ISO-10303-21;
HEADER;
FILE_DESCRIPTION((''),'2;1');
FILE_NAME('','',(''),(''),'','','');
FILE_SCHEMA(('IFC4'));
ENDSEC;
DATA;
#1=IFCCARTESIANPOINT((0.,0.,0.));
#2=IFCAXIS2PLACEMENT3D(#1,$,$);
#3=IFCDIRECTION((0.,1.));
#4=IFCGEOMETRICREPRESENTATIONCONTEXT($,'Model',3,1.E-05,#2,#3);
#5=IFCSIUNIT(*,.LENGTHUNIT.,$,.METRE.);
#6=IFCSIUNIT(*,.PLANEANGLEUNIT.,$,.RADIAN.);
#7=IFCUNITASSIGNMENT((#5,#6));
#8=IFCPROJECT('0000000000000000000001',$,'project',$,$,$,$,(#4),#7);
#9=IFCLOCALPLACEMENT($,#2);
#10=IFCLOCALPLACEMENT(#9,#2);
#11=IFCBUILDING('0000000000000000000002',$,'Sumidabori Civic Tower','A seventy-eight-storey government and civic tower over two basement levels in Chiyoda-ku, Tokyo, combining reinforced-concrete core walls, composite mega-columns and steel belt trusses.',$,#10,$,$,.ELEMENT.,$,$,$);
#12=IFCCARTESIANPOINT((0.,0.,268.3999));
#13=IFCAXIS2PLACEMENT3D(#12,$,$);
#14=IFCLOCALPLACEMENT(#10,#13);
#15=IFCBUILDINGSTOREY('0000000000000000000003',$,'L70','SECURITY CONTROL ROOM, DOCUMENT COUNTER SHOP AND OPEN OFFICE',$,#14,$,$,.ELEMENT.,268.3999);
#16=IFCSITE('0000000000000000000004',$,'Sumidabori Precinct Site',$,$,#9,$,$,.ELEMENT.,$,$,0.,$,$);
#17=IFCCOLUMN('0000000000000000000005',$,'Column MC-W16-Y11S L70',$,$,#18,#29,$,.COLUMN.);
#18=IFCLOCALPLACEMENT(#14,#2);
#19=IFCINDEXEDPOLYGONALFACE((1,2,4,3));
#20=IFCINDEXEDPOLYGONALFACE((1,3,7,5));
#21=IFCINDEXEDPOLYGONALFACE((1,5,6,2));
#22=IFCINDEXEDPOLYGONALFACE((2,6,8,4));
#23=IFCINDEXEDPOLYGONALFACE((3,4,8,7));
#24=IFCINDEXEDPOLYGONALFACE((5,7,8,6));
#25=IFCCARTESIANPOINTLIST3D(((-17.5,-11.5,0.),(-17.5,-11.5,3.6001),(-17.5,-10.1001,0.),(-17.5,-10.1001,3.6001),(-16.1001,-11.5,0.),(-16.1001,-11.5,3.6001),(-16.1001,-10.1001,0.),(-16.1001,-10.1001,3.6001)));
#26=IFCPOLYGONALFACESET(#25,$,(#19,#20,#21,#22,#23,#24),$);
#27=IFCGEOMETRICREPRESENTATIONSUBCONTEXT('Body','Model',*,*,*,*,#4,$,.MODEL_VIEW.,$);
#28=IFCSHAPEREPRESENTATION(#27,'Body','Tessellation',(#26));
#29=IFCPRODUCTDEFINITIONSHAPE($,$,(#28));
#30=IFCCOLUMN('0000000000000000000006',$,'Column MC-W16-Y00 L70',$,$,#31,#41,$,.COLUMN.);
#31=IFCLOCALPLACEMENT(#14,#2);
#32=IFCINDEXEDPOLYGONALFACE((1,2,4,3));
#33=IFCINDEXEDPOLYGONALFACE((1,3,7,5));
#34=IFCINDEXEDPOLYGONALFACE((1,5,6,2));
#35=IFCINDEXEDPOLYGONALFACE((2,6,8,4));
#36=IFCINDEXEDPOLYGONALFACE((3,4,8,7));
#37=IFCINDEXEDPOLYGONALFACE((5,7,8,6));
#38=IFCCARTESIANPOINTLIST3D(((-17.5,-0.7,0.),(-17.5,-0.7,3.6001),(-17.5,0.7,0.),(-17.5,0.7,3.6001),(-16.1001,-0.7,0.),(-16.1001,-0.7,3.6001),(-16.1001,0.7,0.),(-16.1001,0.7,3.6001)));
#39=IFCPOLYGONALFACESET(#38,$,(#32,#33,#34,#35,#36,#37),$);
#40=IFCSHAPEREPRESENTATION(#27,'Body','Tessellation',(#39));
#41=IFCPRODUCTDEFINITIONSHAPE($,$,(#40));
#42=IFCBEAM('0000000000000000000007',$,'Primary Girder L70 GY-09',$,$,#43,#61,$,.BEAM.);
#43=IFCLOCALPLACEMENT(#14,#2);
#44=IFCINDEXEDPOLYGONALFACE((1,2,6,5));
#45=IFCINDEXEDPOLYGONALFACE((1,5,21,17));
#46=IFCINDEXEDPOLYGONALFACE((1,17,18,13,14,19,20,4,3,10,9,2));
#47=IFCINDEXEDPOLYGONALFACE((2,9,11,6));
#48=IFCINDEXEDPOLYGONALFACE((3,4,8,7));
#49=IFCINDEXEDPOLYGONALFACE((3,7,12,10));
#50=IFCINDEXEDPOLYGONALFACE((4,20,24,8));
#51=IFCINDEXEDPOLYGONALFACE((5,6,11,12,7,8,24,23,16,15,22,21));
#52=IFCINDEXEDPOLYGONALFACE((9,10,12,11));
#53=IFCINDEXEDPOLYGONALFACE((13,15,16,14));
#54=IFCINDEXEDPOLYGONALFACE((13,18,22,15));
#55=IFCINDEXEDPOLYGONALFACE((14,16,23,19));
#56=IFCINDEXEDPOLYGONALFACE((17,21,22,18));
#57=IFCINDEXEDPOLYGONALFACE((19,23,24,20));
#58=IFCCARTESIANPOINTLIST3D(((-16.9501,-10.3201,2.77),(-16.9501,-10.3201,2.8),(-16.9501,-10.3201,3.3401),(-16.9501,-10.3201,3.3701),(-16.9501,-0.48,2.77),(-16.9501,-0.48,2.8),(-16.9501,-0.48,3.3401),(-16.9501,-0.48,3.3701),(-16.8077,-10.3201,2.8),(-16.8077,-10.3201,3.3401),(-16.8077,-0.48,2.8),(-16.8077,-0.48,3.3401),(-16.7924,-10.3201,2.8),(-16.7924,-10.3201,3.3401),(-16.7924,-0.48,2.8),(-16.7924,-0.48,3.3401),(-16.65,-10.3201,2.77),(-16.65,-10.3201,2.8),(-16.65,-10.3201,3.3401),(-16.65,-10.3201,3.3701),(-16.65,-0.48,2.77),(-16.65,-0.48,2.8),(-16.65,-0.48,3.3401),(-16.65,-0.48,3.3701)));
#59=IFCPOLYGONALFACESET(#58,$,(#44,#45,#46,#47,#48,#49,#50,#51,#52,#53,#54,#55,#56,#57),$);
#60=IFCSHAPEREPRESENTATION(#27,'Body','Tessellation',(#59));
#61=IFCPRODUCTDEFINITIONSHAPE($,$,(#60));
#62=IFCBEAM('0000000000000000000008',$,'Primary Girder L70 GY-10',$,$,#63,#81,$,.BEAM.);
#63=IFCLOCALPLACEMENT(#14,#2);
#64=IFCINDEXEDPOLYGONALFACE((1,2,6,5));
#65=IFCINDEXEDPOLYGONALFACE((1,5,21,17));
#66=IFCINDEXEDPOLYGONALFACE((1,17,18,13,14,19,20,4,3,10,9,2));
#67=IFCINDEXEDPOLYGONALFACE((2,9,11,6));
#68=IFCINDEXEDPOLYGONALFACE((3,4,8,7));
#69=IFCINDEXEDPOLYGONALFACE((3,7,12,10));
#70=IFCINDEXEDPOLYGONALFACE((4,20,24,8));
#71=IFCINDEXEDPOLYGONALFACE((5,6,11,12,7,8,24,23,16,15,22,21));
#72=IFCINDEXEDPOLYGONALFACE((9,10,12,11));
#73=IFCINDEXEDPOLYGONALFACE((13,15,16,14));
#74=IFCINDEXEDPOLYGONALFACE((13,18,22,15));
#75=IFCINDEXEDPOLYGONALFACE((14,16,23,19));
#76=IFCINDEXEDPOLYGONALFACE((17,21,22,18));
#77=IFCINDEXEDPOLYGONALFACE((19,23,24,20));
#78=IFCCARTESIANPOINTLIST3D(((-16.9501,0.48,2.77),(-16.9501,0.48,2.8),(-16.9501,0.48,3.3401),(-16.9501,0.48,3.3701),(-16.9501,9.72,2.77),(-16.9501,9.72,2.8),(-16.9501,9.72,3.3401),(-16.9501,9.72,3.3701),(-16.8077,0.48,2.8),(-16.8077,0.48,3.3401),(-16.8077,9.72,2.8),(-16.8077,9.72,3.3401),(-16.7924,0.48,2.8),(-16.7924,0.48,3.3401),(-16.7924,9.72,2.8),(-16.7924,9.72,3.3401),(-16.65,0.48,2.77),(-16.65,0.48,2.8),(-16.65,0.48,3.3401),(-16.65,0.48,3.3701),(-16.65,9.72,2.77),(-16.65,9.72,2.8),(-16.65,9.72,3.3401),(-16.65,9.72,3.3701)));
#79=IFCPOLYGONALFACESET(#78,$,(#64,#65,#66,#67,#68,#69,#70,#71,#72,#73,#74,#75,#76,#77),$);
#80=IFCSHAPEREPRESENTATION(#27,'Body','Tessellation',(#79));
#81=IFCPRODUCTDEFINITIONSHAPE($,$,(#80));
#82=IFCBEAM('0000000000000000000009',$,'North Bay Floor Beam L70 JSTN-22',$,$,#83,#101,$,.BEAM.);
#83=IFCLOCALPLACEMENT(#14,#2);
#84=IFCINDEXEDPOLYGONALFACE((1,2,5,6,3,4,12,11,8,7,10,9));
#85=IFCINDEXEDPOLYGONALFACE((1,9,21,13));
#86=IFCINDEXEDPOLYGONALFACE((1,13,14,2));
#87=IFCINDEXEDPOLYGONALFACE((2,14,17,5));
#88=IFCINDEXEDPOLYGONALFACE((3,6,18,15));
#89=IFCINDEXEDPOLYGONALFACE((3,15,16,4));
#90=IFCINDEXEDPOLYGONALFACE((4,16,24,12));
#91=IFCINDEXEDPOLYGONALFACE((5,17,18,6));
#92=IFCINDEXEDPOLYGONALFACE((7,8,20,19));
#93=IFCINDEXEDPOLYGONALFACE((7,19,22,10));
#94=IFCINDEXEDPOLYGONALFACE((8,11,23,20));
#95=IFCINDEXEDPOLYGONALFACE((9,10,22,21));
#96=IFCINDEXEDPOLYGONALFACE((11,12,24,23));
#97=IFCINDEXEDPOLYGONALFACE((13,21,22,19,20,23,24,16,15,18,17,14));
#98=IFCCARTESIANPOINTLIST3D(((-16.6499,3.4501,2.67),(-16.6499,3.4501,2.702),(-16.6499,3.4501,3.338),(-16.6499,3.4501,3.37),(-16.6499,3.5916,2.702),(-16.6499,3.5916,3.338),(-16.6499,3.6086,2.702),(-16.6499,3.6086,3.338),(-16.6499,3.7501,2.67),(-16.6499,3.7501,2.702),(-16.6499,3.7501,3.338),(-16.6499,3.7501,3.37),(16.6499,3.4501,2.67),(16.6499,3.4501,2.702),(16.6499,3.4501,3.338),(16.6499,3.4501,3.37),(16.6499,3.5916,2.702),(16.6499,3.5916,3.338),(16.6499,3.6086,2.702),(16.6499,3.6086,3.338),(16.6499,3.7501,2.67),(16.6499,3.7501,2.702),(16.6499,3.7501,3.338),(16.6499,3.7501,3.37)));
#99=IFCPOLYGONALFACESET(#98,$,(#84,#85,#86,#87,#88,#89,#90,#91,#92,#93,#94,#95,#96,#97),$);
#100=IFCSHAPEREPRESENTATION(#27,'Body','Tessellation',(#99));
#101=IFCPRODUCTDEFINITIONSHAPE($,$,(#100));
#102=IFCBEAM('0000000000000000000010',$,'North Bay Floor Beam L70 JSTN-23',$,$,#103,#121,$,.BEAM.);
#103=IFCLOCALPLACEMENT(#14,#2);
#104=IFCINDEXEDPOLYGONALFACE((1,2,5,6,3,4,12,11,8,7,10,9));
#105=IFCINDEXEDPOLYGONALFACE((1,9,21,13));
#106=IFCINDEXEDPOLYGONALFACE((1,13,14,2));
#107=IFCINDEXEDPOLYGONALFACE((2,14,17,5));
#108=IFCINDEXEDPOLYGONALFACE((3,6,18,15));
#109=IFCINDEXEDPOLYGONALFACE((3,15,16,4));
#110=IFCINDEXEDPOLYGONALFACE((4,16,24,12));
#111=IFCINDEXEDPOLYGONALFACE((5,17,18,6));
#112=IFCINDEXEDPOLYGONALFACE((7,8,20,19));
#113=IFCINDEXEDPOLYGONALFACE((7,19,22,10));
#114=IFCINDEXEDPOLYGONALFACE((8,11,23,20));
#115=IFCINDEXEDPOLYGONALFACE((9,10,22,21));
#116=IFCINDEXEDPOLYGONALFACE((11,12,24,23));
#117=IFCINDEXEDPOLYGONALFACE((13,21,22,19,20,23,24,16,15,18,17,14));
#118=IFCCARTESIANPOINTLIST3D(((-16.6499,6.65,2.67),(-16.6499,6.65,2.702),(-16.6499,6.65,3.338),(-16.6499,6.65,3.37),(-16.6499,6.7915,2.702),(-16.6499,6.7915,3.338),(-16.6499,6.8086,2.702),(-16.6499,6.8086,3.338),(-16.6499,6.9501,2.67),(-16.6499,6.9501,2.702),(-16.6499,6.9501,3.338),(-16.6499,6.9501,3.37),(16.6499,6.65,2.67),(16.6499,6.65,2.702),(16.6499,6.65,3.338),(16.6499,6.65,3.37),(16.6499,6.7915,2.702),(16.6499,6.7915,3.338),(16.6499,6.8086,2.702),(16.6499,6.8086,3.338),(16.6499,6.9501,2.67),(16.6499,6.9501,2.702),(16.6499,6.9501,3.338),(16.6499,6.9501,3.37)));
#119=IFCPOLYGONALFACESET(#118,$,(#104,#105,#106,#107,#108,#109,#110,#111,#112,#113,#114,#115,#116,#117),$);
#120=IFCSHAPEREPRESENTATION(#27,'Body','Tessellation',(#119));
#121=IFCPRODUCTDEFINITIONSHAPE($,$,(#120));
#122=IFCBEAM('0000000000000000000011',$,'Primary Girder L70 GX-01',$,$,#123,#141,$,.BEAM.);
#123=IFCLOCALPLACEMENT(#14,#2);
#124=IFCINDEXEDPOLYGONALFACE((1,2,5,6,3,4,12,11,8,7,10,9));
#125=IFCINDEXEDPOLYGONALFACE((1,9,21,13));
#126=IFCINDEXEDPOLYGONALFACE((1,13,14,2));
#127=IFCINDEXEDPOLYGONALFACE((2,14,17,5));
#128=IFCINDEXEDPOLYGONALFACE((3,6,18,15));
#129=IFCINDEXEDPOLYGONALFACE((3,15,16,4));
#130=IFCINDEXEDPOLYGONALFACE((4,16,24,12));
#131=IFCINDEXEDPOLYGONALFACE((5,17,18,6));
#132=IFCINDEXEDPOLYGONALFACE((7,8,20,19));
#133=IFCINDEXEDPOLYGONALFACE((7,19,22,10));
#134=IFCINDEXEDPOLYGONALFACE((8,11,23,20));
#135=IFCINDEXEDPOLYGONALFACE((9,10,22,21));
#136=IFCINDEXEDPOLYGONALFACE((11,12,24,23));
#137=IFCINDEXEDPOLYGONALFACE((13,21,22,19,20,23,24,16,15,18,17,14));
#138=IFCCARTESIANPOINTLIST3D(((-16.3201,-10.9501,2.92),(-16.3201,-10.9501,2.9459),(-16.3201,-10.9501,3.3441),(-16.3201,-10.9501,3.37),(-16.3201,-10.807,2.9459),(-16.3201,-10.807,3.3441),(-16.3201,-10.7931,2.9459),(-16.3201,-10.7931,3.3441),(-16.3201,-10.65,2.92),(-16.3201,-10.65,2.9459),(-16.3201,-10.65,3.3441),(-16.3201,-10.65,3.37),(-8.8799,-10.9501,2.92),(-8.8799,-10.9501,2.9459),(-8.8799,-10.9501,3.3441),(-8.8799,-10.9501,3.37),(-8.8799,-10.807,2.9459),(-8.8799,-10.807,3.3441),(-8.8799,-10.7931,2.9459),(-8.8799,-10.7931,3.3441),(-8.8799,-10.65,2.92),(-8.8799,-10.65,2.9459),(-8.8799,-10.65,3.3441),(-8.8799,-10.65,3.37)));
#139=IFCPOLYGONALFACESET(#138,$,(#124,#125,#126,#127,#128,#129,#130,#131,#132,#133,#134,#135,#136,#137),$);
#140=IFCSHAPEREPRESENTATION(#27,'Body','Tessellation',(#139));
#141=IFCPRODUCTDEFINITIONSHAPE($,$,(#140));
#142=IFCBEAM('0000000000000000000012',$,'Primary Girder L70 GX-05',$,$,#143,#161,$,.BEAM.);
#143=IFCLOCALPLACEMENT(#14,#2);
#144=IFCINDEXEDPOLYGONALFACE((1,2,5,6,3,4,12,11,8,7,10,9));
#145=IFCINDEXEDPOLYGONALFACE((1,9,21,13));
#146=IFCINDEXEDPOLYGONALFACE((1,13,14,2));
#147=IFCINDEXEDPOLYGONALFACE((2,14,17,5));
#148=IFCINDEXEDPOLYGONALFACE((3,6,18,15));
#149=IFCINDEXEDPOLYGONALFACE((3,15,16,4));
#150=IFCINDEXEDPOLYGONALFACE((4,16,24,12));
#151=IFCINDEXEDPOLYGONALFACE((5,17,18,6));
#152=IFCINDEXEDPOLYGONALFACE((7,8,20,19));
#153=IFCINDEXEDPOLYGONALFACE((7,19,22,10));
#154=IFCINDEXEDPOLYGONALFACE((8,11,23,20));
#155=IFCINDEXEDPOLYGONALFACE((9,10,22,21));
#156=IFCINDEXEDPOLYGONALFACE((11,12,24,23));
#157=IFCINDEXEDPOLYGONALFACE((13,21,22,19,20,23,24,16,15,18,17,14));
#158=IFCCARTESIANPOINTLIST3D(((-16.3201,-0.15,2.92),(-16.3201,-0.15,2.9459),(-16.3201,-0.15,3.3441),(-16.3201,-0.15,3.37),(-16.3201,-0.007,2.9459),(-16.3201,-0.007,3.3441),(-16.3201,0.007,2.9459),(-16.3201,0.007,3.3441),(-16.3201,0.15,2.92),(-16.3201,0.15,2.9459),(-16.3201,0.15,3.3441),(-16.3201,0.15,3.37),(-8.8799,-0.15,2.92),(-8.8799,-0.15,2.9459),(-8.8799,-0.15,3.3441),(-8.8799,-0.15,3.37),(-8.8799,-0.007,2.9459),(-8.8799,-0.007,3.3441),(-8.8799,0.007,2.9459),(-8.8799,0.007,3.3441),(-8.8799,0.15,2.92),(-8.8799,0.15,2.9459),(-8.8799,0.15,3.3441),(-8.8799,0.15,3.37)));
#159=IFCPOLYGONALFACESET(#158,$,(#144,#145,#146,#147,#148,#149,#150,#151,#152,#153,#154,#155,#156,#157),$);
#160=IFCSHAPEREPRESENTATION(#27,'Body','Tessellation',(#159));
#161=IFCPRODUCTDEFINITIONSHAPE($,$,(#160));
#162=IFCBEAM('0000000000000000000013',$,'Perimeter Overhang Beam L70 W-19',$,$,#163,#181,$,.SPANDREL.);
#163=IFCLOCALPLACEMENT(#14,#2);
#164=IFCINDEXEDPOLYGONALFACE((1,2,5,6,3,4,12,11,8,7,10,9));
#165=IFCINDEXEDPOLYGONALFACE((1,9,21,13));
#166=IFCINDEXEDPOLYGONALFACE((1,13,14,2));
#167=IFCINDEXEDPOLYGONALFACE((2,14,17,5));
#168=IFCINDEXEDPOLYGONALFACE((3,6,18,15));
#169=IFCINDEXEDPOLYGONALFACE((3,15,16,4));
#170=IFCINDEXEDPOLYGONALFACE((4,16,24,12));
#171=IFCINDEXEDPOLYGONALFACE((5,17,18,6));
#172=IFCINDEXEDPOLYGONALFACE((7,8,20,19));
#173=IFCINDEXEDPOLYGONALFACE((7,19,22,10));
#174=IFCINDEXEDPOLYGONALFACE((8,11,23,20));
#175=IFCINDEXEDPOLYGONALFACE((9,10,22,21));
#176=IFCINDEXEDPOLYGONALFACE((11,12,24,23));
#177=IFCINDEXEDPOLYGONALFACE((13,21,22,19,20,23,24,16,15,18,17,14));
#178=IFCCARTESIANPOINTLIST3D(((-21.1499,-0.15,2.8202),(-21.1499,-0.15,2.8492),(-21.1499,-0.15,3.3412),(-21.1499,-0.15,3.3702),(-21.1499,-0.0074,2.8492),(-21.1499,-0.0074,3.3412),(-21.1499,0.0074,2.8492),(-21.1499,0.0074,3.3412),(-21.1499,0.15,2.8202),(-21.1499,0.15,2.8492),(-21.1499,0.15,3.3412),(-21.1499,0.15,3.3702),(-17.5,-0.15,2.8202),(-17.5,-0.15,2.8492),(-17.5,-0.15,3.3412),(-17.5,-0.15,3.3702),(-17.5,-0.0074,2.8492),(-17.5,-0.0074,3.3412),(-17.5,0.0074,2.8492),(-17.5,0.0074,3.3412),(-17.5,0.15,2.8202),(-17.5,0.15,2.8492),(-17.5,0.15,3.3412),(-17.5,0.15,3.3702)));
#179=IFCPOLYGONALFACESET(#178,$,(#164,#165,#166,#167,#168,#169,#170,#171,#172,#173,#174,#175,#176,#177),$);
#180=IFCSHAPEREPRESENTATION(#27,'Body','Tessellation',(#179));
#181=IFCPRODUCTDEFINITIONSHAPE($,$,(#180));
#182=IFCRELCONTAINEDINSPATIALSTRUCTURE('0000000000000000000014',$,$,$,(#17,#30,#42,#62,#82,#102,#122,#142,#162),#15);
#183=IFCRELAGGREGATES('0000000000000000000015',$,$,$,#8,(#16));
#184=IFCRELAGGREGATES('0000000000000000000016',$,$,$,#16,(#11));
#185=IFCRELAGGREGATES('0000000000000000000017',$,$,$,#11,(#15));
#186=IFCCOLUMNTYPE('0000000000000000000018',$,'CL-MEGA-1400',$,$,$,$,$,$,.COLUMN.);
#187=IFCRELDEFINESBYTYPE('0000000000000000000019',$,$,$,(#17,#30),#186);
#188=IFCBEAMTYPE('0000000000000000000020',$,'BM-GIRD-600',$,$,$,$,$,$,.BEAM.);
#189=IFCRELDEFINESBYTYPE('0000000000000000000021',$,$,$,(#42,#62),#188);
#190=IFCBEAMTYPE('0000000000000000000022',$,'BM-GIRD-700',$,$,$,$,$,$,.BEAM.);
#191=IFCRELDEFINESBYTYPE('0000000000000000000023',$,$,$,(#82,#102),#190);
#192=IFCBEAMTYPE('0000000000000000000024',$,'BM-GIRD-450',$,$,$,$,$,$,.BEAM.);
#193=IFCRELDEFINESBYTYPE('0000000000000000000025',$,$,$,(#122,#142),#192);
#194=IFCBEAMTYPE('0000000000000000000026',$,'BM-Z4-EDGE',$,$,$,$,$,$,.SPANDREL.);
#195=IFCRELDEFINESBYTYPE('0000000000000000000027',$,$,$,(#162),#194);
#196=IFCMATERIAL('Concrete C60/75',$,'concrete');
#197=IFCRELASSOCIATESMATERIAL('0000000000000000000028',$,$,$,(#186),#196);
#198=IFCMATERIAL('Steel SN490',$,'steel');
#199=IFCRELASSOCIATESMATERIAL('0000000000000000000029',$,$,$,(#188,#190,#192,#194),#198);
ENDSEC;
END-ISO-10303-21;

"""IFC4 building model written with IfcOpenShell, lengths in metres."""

from ifc_helpers import new_model, si_unit, direction, frame, origin, origin_2d, place, context, subcontext, project, spatial, rectangle, i_section, extrude, source, transform, mapped, material, material_profile, profile_set, type_object, element, save


model = new_model("IFC4")

# Units and contexts
model_context = context("Model", 3, precision=1e-05, world=origin(), true_north=direction((0.0, 1.0)))
body_context = subcontext(model_context, "Body", "Model", "MODEL_VIEW")
ifc_project = project(units=[si_unit("LENGTHUNIT", "METRE"), si_unit("PLANEANGLEUNIT", "RADIAN")], contexts=[model_context])

# Site, building, storey
site_placement = place(None, origin())
site = spatial("IfcSite", under=ifc_project, at=site_placement, Name="Sumidabori Precinct Site", CompositionType="ELEMENT", RefElevation=0.0)
building_placement = place(site_placement, origin())
building = spatial("IfcBuilding", under=site, at=building_placement, Name="Sumidabori Civic Tower", Description="A seventy-eight-storey government and civic tower over two basement levels in Chiyoda-ku, Tokyo, combining reinforced-concrete core walls, composite mega-columns and steel belt trusses.", CompositionType="ELEMENT")
storey_placement = place(building_placement, frame((0.0, 0.0, 268.3999)))
storey = spatial("IfcBuildingStorey", under=building, at=storey_placement, Name="L70", Description="SECURITY CONTROL ROOM, DOCUMENT COUNTER SHOP AND OPEN OFFICE", CompositionType="ELEMENT", Elevation=268.3999)

# Columns
ifc_material_1 = material(Name="Concrete C60/75", Category="concrete")
ifc_material_profile_1 = material_profile(ifc_material_1, rectangle(XDim=1.3999, YDim=1.3999, at=origin_2d()), Name="RC 1400x1400")
ifc_profile_set_1 = profile_set([ifc_material_profile_1], Name="Concrete C60/75")
column_type = type_object("IfcColumnType", Name="CL-MEGA-1400", PredefinedType="COLUMN", material=ifc_profile_set_1)
shared_shape_1 = source(origin(), body_context, "Body", "SweptSolid", [
    extrude(rectangle(XDim=1.3999, YDim=1.3999, at=origin_2d()), origin(), (0.0, 0.0, 1.0), 3.6001),
])
for number, where, z_axis, x_axis, name in (
    (1, (-16.8, -10.8, 0.0), (0.0, 0.0, 1.0), (1.0, 0.0, 0.0), "Column MC-W16-Y11S L70"),
    (2, (-16.8, 0.0, 0.0), (0.0, 0.0, 1.0), (1.0, 0.0, 0.0), "Column MC-W16-Y00 L70"),
):
    element("IfcColumn", number, at=place(storey_placement, frame(where, z_axis=z_axis, x_axis=x_axis)), inside=storey, type_object=column_type, Name=name, PredefinedType="COLUMN", context=body_context, shape_type="MappedRepresentation", body=[
        mapped(shared_shape_1, transform((0.0, 0.0, 0.0), x_axis=(1.0, 0.0, 0.0), y_axis=(0.0, 1.0, 0.0), z_axis=(0.0, 0.0, 1.0), scale=1.0)),
    ])

# Beams
ifc_material_2 = material(Name="Steel SN490", Category="steel")
ifc_material_profile_2 = material_profile(ifc_material_2, i_section(OverallWidth=0.3, OverallDepth=0.6001, WebThickness=0.0154, FlangeThickness=0.03, at=origin_2d()), Name="HE 600 B")
ifc_profile_set_2 = profile_set([ifc_material_profile_2], Name="Steel SN490")
beam_type_1 = type_object("IfcBeamType", Name="BM-GIRD-600", PredefinedType="BEAM", material=ifc_profile_set_2)
shared_shape_2 = source(origin(), body_context, "Body", "SweptSolid", [
    extrude(i_section(OverallWidth=0.3, OverallDepth=0.6001, WebThickness=0.0154, FlangeThickness=0.03, at=origin_2d()), origin(), (0.0, 0.0, 1.0), 9.8401),
])
beam_1_placement = place(storey_placement, frame((-16.8, -10.3201, 3.0701), z_axis=(0.0, 1.0, 0.0), x_axis=(-1.0, 0.0, 0.0)))
element("IfcBeam", 3, at=beam_1_placement, inside=storey, type_object=beam_type_1, Name="Primary Girder L70 GY-09", PredefinedType="BEAM", context=body_context, shape_type="MappedRepresentation", body=[
    mapped(shared_shape_2, transform((0.0, 0.0, 0.0), x_axis=(1.0, 0.0, 0.0), y_axis=(0.0, 1.0, 0.0), z_axis=(0.0, 0.0, 1.0), scale=1.0)),
])
shared_shape_3 = source(origin(), body_context, "Body", "SweptSolid", [
    extrude(i_section(OverallWidth=0.3, OverallDepth=0.6001, WebThickness=0.0154, FlangeThickness=0.03, at=origin_2d()), origin(), (0.0, 0.0, 1.0), 9.24),
])
beam_2_placement = place(storey_placement, frame((-16.8, 0.48, 3.0701), z_axis=(0.0, 1.0, 0.0), x_axis=(-1.0, 0.0, 0.0)))
element("IfcBeam", 4, at=beam_2_placement, inside=storey, type_object=beam_type_1, Name="Primary Girder L70 GY-10", PredefinedType="BEAM", context=body_context, shape_type="MappedRepresentation", body=[
    mapped(shared_shape_3, transform((0.0, 0.0, 0.0), x_axis=(1.0, 0.0, 0.0), y_axis=(0.0, 1.0, 0.0), z_axis=(0.0, 0.0, 1.0), scale=1.0)),
])
ifc_material_profile_3 = material_profile(ifc_material_2, i_section(OverallWidth=0.3, OverallDepth=0.7, WebThickness=0.0171, FlangeThickness=0.032, at=origin_2d()), Name="HE 700 B")
ifc_profile_set_3 = profile_set([ifc_material_profile_3], Name="Steel SN490")
beam_type_2 = type_object("IfcBeamType", Name="BM-GIRD-700", PredefinedType="BEAM", material=ifc_profile_set_3)
shared_shape_4 = source(origin(), body_context, "Body", "SweptSolid", [
    extrude(i_section(OverallWidth=0.3, OverallDepth=0.7, WebThickness=0.0171, FlangeThickness=0.032, at=origin_2d()), origin(), (0.0, 0.0, 1.0), 33.2998),
])
for number, where, z_axis, x_axis, name in (
    (5, (-16.6499, 3.6001, 3.02), (1.0, 0.0, 0.0), (0.0, 1.0, 0.0), "North Bay Floor Beam L70 JSTN-22"),
    (6, (-16.6499, 6.8, 3.02), (1.0, 0.0, 0.0), (0.0, 1.0, 0.0), "North Bay Floor Beam L70 JSTN-23"),
):
    element("IfcBeam", number, at=place(storey_placement, frame(where, z_axis=z_axis, x_axis=x_axis)), inside=storey, type_object=beam_type_2, Name=name, PredefinedType="BEAM", context=body_context, shape_type="MappedRepresentation", body=[
        mapped(shared_shape_4, transform((0.0, 0.0, 0.0), x_axis=(1.0, 0.0, 0.0), y_axis=(0.0, 1.0, 0.0), z_axis=(0.0, 0.0, 1.0), scale=1.0)),
    ])
ifc_material_profile_4 = material_profile(ifc_material_2, i_section(OverallWidth=0.3, OverallDepth=0.45, WebThickness=0.0139, FlangeThickness=0.0259, at=origin_2d()), Name="HE 450 B")
ifc_profile_set_4 = profile_set([ifc_material_profile_4], Name="Steel SN490")
beam_type_3 = type_object("IfcBeamType", Name="BM-GIRD-450", PredefinedType="BEAM", material=ifc_profile_set_4)
shared_shape_5 = source(origin(), body_context, "Body", "SweptSolid", [
    extrude(i_section(OverallWidth=0.3, OverallDepth=0.45, WebThickness=0.0139, FlangeThickness=0.0259, at=origin_2d()), origin(), (0.0, 0.0, 1.0), 7.4402),
])
for number, where, z_axis, x_axis, name in (
    (7, (-16.3201, -10.8, 3.145), (1.0, 0.0, 0.0), (0.0, 1.0, 0.0), "Primary Girder L70 GX-01"),
    (8, (-16.3201, 0.0, 3.145), (1.0, 0.0, 0.0), (0.0, 1.0, 0.0), "Primary Girder L70 GX-05"),
):
    element("IfcBeam", number, at=place(storey_placement, frame(where, z_axis=z_axis, x_axis=x_axis)), inside=storey, type_object=beam_type_3, Name=name, PredefinedType="BEAM", context=body_context, shape_type="MappedRepresentation", body=[
        mapped(shared_shape_5, transform((0.0, 0.0, 0.0), x_axis=(1.0, 0.0, 0.0), y_axis=(0.0, 1.0, 0.0), z_axis=(0.0, 0.0, 1.0), scale=1.0)),
    ])
ifc_material_profile_5 = material_profile(ifc_material_2, i_section(OverallWidth=0.3, OverallDepth=0.55, WebThickness=0.0149, FlangeThickness=0.0291, at=origin_2d()), Name="HE 550 B")
ifc_profile_set_5 = profile_set([ifc_material_profile_5], Name="Steel SN490")
beam_type_4 = type_object("IfcBeamType", Name="BM-Z4-EDGE", PredefinedType="SPANDREL", material=ifc_profile_set_5)
shared_shape_6 = source(origin(), body_context, "Body", "SweptSolid", [
    extrude(i_section(OverallWidth=0.3, OverallDepth=0.55, WebThickness=0.0149, FlangeThickness=0.0291, at=origin_2d()), origin(), (0.0, 0.0, 1.0), 3.6499),
])
beam_3_placement = place(storey_placement, frame((-21.1499, 0.0, 3.0952), z_axis=(1.0, 0.0, 0.0), x_axis=(0.0, 1.0, 0.0)))
element("IfcBeam", 9, at=beam_3_placement, inside=storey, type_object=beam_type_4, Name="Perimeter Overhang Beam L70 W-19", PredefinedType="SPANDREL", context=body_context, shape_type="MappedRepresentation", body=[
    mapped(shared_shape_6, transform((0.0, 0.0, 0.0), x_axis=(1.0, 0.0, 0.0), y_axis=(0.0, 1.0, 0.0), z_axis=(0.0, 0.0, 1.0), scale=1.0)),
])

save(model, "model.ifc")
